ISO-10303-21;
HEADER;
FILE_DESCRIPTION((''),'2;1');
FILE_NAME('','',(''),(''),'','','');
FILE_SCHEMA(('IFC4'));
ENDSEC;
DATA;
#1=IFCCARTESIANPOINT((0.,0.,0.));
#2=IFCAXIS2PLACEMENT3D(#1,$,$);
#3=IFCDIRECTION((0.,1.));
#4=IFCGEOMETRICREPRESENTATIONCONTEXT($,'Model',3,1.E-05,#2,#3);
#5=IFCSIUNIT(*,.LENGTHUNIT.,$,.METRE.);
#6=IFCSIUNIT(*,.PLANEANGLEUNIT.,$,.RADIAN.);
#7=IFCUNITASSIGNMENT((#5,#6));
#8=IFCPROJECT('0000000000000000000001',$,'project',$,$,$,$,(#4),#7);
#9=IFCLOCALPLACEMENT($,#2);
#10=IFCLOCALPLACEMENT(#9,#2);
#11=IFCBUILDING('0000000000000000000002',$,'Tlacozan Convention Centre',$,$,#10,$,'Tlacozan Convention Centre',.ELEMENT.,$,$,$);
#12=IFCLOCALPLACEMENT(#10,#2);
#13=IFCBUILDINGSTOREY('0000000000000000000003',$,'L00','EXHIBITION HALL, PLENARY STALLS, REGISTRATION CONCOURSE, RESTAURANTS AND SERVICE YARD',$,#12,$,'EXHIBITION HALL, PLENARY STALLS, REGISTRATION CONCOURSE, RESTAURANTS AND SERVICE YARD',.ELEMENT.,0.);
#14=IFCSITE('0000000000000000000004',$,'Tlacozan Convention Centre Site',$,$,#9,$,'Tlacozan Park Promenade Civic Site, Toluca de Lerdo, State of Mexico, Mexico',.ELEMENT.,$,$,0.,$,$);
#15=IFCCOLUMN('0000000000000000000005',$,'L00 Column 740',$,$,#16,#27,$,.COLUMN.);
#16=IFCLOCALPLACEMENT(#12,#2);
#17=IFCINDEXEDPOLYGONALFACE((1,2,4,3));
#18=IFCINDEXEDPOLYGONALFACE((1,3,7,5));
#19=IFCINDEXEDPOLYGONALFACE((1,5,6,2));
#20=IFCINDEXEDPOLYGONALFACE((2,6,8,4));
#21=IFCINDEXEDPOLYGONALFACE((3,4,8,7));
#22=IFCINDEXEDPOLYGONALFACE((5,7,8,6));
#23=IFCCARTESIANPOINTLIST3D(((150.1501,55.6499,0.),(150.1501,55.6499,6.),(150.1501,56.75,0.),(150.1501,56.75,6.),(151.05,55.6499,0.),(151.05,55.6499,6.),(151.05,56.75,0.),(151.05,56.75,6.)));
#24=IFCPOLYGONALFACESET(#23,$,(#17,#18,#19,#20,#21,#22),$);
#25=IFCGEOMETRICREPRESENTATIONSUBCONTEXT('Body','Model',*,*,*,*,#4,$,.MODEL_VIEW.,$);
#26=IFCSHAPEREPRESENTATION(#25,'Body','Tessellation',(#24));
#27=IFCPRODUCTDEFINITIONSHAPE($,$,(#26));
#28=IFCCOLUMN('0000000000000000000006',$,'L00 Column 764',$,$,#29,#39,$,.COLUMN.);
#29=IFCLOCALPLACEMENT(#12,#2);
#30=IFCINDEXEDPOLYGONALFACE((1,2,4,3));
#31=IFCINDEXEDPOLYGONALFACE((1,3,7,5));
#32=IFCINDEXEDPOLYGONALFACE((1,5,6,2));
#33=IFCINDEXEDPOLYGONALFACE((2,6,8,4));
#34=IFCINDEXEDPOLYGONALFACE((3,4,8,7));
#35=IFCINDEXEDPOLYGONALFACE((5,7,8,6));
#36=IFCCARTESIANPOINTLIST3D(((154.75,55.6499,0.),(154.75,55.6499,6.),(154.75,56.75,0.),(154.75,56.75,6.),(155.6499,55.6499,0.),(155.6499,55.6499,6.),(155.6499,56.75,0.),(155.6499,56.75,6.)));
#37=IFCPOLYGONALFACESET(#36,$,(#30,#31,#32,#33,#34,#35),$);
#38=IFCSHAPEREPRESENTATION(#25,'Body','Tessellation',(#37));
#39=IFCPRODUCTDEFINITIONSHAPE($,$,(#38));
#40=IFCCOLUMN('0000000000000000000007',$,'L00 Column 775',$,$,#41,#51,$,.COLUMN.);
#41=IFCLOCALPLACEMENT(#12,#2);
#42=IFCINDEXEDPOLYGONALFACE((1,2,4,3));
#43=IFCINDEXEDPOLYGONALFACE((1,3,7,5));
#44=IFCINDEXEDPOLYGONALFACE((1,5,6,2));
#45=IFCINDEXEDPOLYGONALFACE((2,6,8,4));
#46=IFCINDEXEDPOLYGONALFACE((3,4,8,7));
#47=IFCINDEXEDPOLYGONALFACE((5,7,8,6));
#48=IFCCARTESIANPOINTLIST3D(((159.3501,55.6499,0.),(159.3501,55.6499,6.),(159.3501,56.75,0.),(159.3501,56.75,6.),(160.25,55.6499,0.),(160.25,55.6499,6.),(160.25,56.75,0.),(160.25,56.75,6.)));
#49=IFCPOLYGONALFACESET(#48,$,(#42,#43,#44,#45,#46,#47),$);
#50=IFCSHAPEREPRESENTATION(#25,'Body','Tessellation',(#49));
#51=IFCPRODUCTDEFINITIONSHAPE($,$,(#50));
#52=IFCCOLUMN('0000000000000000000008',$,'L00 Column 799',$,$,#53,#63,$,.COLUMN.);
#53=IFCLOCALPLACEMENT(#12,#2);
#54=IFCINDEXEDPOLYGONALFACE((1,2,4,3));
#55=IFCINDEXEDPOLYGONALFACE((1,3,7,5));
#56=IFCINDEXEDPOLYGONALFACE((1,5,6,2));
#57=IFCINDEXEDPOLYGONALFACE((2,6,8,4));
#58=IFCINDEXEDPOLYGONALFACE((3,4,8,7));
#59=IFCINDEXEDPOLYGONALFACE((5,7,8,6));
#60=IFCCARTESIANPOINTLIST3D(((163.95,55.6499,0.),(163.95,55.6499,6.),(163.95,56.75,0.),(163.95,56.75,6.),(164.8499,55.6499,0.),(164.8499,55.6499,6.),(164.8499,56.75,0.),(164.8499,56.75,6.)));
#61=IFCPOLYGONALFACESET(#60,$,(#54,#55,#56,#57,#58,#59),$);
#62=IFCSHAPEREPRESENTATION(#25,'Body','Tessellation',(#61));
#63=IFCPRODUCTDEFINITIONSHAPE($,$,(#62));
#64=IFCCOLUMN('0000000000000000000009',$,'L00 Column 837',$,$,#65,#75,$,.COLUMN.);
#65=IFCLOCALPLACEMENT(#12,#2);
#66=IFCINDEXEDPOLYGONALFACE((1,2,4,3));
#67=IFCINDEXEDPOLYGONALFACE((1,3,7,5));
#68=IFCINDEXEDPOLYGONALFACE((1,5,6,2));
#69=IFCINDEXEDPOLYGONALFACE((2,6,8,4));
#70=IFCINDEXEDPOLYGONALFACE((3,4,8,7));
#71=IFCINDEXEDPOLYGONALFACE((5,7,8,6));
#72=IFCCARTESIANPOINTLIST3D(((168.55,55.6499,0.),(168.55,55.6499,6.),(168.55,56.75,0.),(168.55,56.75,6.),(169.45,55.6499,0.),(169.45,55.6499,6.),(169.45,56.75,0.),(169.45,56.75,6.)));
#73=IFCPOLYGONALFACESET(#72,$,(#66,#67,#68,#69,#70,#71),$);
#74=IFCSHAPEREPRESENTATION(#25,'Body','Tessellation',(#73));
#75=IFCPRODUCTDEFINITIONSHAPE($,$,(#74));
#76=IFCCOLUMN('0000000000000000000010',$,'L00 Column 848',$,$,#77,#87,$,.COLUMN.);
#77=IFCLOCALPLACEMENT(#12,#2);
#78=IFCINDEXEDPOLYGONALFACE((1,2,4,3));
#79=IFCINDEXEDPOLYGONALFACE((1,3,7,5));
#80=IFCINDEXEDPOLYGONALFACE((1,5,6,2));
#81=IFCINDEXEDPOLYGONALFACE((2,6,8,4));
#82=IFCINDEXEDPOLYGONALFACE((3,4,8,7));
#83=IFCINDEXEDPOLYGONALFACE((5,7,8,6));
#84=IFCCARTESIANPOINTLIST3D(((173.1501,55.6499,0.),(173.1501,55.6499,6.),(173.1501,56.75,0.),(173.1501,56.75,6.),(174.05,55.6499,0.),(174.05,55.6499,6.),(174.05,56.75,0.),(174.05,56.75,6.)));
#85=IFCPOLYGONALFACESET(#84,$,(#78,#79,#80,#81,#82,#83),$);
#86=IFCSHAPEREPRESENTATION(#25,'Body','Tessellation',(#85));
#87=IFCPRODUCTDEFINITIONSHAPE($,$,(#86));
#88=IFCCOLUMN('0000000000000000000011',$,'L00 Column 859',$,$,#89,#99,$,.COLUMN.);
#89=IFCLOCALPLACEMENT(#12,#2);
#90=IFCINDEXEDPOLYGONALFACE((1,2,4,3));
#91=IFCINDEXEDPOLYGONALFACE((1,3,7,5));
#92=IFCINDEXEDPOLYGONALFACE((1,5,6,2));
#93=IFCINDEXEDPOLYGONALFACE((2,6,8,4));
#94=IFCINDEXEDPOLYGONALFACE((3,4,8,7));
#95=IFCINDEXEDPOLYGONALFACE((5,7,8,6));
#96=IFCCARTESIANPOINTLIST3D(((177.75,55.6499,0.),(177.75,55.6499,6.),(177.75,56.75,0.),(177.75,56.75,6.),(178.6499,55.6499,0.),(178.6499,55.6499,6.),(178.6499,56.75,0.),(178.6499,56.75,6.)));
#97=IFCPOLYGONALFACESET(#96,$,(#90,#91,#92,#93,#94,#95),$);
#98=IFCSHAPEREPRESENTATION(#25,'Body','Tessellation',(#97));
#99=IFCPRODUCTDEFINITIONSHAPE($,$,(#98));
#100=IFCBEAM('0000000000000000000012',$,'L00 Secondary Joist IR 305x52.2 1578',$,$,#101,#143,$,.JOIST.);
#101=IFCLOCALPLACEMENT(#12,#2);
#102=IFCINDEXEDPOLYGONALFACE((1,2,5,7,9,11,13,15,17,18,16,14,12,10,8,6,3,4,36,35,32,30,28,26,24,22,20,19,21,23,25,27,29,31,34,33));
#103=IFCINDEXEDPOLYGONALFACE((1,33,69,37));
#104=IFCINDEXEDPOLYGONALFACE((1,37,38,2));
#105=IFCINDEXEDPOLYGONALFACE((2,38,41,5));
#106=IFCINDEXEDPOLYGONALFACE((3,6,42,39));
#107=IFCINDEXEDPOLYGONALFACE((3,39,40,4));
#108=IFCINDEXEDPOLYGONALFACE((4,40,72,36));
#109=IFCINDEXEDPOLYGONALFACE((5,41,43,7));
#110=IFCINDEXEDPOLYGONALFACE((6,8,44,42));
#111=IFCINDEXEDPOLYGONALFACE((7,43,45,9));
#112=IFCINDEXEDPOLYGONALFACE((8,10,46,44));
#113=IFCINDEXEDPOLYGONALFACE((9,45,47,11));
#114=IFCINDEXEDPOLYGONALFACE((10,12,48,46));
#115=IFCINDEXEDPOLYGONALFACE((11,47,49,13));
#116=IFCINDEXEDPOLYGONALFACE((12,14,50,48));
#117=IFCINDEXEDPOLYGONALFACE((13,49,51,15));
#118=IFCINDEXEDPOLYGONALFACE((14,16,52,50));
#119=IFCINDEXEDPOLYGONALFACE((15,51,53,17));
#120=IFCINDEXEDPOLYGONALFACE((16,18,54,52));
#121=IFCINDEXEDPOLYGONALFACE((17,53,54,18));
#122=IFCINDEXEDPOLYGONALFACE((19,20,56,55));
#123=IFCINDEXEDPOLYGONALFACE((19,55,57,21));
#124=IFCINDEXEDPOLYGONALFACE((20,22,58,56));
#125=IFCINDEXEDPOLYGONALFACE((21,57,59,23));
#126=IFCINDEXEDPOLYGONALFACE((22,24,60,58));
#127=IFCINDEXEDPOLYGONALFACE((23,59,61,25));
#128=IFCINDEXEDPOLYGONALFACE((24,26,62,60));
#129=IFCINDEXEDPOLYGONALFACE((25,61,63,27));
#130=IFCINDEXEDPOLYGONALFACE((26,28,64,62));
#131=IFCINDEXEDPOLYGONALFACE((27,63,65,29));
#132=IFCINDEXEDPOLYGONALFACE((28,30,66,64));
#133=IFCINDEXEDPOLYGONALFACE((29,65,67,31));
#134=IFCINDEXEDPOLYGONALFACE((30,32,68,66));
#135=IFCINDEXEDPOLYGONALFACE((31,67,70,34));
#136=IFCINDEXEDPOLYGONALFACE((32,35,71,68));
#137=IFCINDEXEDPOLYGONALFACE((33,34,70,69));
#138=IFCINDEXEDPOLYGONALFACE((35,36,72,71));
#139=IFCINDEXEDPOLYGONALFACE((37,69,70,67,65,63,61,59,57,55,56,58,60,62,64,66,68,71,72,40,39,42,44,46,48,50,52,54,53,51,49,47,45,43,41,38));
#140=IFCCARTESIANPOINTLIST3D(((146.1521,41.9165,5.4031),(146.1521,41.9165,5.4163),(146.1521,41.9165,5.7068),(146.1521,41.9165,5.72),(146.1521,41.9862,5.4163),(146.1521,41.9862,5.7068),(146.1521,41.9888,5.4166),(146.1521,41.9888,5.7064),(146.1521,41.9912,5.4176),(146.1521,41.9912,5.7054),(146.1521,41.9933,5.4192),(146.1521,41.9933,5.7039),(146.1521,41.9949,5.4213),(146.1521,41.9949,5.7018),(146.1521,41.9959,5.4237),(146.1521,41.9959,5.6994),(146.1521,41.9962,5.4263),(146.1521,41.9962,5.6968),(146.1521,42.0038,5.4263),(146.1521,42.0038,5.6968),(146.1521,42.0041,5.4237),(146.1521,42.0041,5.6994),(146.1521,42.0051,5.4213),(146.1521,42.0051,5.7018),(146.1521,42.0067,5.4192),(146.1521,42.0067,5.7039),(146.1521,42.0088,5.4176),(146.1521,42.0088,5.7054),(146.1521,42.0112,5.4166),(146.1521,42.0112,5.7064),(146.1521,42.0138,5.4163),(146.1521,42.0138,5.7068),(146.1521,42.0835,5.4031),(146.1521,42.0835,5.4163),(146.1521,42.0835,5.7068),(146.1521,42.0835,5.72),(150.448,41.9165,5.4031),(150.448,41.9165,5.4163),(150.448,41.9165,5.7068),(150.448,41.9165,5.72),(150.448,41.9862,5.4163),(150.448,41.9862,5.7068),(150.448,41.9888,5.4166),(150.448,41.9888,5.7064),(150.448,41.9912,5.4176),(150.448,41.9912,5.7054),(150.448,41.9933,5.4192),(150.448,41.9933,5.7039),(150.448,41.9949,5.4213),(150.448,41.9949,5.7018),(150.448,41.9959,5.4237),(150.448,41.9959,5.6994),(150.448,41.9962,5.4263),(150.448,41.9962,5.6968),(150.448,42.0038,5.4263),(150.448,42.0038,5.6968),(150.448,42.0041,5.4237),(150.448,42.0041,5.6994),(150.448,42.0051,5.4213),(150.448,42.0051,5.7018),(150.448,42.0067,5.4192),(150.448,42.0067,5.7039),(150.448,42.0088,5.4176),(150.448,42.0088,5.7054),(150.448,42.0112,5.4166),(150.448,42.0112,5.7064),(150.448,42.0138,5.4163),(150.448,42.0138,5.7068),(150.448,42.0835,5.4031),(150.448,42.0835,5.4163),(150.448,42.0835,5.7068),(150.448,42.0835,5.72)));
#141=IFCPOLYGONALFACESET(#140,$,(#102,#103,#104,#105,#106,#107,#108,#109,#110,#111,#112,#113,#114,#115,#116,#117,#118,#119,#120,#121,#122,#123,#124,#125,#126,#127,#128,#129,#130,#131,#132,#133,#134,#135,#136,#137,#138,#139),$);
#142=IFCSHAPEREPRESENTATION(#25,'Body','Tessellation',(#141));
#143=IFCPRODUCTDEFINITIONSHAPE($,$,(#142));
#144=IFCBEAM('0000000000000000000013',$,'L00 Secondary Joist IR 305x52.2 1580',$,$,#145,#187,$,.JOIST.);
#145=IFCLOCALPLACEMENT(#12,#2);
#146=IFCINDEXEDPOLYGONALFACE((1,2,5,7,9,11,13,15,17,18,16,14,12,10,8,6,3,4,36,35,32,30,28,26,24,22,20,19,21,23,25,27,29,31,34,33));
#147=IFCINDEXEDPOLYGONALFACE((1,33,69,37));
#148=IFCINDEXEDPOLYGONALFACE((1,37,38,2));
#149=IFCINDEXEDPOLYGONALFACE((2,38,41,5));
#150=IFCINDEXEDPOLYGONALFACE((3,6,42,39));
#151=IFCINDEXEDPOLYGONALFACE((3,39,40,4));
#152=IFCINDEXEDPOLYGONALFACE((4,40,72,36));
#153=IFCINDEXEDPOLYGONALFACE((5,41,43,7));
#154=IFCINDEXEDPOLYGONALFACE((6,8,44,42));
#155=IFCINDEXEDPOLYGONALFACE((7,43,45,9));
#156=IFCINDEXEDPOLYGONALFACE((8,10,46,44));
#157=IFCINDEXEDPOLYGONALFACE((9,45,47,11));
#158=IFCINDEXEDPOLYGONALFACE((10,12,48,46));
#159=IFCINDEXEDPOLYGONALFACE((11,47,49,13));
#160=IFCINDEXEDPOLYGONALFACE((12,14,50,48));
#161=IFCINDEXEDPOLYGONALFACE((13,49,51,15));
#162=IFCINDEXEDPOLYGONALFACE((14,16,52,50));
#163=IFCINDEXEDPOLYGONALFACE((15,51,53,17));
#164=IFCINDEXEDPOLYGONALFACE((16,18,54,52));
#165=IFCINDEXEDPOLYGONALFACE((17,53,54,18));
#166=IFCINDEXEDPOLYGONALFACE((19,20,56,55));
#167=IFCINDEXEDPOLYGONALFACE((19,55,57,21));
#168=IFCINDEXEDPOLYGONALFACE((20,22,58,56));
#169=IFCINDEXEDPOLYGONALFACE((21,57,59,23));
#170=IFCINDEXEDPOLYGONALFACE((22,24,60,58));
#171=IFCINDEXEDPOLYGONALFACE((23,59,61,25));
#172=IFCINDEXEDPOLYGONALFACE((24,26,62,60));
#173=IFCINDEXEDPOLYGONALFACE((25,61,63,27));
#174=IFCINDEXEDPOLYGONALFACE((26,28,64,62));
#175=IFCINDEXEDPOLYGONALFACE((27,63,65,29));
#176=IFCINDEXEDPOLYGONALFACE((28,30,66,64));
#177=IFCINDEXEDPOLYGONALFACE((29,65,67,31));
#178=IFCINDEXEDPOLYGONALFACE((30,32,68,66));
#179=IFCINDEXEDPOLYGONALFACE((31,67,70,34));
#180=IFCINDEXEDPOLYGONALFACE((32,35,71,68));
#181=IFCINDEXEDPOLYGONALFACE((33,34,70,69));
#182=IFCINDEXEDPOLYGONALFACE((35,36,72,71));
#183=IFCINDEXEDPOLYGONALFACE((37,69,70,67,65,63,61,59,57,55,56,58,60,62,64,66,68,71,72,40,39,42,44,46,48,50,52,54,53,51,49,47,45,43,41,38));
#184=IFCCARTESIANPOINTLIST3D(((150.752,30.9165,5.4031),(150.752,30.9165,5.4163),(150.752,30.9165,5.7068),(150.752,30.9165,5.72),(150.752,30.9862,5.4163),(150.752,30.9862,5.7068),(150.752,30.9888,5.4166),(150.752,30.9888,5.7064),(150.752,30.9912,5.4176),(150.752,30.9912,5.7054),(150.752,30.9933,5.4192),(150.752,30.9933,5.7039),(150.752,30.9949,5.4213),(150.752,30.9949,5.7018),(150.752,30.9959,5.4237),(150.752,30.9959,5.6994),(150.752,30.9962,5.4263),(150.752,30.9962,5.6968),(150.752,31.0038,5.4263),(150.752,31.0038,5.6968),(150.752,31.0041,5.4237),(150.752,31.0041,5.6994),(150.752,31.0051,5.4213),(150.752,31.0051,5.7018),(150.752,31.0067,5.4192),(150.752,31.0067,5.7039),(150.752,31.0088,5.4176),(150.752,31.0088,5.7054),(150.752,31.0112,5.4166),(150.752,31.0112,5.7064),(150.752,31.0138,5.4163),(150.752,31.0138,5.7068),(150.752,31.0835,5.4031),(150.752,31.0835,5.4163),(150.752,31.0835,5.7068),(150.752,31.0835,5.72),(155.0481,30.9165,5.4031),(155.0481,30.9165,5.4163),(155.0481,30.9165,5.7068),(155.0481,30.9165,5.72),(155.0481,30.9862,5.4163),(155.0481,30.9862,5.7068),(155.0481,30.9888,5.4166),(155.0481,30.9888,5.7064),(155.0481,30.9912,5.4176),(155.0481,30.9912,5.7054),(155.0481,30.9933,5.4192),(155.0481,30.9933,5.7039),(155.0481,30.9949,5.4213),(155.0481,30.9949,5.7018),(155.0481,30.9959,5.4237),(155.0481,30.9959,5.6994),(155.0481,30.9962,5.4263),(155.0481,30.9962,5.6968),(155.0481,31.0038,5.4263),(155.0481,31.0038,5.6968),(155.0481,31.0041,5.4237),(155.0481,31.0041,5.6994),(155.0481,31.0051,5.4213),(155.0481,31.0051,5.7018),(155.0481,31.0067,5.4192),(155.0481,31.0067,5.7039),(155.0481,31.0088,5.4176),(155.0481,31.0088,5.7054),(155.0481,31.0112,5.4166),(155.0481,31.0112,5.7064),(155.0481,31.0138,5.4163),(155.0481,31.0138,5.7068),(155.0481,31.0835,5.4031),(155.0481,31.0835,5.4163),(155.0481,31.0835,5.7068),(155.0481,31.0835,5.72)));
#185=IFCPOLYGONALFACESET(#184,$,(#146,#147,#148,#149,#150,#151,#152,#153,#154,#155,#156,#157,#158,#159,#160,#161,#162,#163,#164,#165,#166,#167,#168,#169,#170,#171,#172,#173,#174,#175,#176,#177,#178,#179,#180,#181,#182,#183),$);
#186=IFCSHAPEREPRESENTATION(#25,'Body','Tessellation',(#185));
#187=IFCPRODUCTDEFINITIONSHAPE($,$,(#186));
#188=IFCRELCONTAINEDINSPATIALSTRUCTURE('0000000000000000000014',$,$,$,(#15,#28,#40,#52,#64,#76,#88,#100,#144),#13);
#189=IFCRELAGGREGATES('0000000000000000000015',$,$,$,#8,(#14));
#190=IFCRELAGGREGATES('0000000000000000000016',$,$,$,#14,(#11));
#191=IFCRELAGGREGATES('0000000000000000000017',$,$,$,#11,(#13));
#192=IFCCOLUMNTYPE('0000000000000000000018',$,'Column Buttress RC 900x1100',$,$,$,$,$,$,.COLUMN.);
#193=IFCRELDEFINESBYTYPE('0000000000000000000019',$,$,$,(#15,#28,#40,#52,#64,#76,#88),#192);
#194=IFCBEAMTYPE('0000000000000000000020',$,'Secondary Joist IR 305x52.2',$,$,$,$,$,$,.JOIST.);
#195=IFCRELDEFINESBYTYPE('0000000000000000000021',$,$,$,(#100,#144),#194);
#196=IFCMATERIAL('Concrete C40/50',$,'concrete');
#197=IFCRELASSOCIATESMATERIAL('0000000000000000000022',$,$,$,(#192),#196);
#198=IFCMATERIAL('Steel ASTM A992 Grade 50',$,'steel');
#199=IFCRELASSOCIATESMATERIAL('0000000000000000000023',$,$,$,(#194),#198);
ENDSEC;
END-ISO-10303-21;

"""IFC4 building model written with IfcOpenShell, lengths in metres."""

from ifc_helpers import new_model, si_unit, direction, frame, origin, origin_2d, place, context, subcontext, project, spatial, rectangle, i_section, extrude, material, material_profile, profile_set, type_object, element, save


model = new_model("IFC4")

# Units and contexts
model_context = context("Model", 3, precision=1e-05, world=origin(), true_north=direction((0.0, 1.0)))
body_context = subcontext(model_context, "Body", "Model", "MODEL_VIEW")
ifc_project = project(units=[si_unit("LENGTHUNIT", "METRE"), si_unit("PLANEANGLEUNIT", "RADIAN")], contexts=[model_context])

# Site, building, storey
site_placement = place(None, origin())
site = spatial("IfcSite", under=ifc_project, at=site_placement, Name="Tlacozan Convention Centre Site", LongName="Tlacozan Park Promenade Civic Site, Toluca de Lerdo, State of Mexico, Mexico", CompositionType="ELEMENT", RefElevation=0.0)
building_placement = place(site_placement, origin())
building = spatial("IfcBuilding", under=site, at=building_placement, Name="Tlacozan Convention Centre", LongName="Tlacozan Convention Centre", CompositionType="ELEMENT")
storey_placement = place(building_placement, origin())
storey = spatial("IfcBuildingStorey", under=building, at=storey_placement, Name="L00", Description="EXHIBITION HALL, PLENARY STALLS, REGISTRATION CONCOURSE, RESTAURANTS AND SERVICE YARD", LongName="EXHIBITION HALL, PLENARY STALLS, REGISTRATION CONCOURSE, RESTAURANTS AND SERVICE YARD", CompositionType="ELEMENT", Elevation=0.0)

# Columns
ifc_material_1 = material(Name="Concrete C40/50", Category="concrete")
ifc_material_profile_1 = material_profile(ifc_material_1, rectangle(XDim=0.8999, YDim=1.1001, at=origin_2d()), Name="RC 900x1100")
ifc_profile_set_1 = profile_set([ifc_material_profile_1], Name="Concrete C40/50")
column_type = type_object("IfcColumnType", Name="Column Buttress RC 900x1100", PredefinedType="COLUMN", material=ifc_profile_set_1)
for number, where, z_axis, x_axis, name in (
    (1, (150.6001, 56.2, 0.0), (0.0, 0.0, 1.0), (1.0, 0.0, 0.0), "L00 Column 740"),
    (2, (155.2, 56.2, 0.0), (0.0, 0.0, 1.0), (1.0, 0.0, 0.0), "L00 Column 764"),
    (3, (159.8, 56.2, 0.0), (0.0, 0.0, 1.0), (1.0, 0.0, 0.0), "L00 Column 775"),
    (4, (164.3999, 56.2, 0.0), (0.0, 0.0, 1.0), (1.0, 0.0, 0.0), "L00 Column 799"),
    (5, (169.0, 56.2, 0.0), (0.0, 0.0, 1.0), (1.0, 0.0, 0.0), "L00 Column 837"),
    (6, (173.6001, 56.2, 0.0), (0.0, 0.0, 1.0), (1.0, 0.0, 0.0), "L00 Column 848"),
    (7, (178.2, 56.2, 0.0), (0.0, 0.0, 1.0), (1.0, 0.0, 0.0), "L00 Column 859"),
):
    element("IfcColumn", number, at=place(storey_placement, frame(where, z_axis=z_axis, x_axis=x_axis)), inside=storey, type_object=column_type, Name=name, PredefinedType="COLUMN", context=body_context, shape_type="SweptSolid", body=[
        extrude(rectangle(XDim=0.8999, YDim=1.1001, at=origin_2d()), origin(), (0.0, 0.0, 1.0), 6.0),
    ])

# Beams
ifc_material_2 = material(Name="Steel ASTM A992 Grade 50", Category="steel")
ifc_material_profile_2 = material_profile(ifc_material_2, i_section(OverallWidth=0.167, OverallDepth=0.3169, WebThickness=0.0076, FlangeThickness=0.0132, FilletRadius=0.01, at=origin_2d()), Name="IR 305x52.2")
ifc_profile_set_2 = profile_set([ifc_material_profile_2], Name="Steel ASTM A992 Grade 50")
beam_type = type_object("IfcBeamType", Name="Secondary Joist IR 305x52.2", PredefinedType="JOIST", material=ifc_profile_set_2)
beam_placement = place(storey_placement, frame((146.1521, 42.0, 5.5615), z_axis=(1.0, 0.0, 0.0), x_axis=(0.0, 1.0, 0.0)))
element("IfcBeam", 8, at=beam_placement, inside=storey, type_object=beam_type, Name="L00 Secondary Joist IR 305x52.2 1578", PredefinedType="JOIST", context=body_context, shape_type="SweptSolid", body=[
    extrude(i_section(OverallWidth=0.167, OverallDepth=0.3169, WebThickness=0.0076, FlangeThickness=0.0132, FilletRadius=0.01, at=origin_2d()), origin(), (0.0, 0.0, 1.0), 4.2959),
])
for number, where, z_axis, x_axis, name in (
    (9, (150.752, 31.0, 5.5615), (1.0, 0.0, 0.0), (0.0, 1.0, 0.0), "L00 Secondary Joist IR 305x52.2 1580"),
):
    element("IfcBeam", number, at=place(storey_placement, frame(where, z_axis=z_axis, x_axis=x_axis)), inside=storey, type_object=beam_type, Name=name, PredefinedType="JOIST", context=body_context, shape_type="SweptSolid", body=[
        extrude(i_section(OverallWidth=0.167, OverallDepth=0.3169, WebThickness=0.0076, FlangeThickness=0.0132, FilletRadius=0.01, at=origin_2d()), origin(), (0.0, 0.0, 1.0), 4.2961),
    ])

save(model, "model.ifc")
